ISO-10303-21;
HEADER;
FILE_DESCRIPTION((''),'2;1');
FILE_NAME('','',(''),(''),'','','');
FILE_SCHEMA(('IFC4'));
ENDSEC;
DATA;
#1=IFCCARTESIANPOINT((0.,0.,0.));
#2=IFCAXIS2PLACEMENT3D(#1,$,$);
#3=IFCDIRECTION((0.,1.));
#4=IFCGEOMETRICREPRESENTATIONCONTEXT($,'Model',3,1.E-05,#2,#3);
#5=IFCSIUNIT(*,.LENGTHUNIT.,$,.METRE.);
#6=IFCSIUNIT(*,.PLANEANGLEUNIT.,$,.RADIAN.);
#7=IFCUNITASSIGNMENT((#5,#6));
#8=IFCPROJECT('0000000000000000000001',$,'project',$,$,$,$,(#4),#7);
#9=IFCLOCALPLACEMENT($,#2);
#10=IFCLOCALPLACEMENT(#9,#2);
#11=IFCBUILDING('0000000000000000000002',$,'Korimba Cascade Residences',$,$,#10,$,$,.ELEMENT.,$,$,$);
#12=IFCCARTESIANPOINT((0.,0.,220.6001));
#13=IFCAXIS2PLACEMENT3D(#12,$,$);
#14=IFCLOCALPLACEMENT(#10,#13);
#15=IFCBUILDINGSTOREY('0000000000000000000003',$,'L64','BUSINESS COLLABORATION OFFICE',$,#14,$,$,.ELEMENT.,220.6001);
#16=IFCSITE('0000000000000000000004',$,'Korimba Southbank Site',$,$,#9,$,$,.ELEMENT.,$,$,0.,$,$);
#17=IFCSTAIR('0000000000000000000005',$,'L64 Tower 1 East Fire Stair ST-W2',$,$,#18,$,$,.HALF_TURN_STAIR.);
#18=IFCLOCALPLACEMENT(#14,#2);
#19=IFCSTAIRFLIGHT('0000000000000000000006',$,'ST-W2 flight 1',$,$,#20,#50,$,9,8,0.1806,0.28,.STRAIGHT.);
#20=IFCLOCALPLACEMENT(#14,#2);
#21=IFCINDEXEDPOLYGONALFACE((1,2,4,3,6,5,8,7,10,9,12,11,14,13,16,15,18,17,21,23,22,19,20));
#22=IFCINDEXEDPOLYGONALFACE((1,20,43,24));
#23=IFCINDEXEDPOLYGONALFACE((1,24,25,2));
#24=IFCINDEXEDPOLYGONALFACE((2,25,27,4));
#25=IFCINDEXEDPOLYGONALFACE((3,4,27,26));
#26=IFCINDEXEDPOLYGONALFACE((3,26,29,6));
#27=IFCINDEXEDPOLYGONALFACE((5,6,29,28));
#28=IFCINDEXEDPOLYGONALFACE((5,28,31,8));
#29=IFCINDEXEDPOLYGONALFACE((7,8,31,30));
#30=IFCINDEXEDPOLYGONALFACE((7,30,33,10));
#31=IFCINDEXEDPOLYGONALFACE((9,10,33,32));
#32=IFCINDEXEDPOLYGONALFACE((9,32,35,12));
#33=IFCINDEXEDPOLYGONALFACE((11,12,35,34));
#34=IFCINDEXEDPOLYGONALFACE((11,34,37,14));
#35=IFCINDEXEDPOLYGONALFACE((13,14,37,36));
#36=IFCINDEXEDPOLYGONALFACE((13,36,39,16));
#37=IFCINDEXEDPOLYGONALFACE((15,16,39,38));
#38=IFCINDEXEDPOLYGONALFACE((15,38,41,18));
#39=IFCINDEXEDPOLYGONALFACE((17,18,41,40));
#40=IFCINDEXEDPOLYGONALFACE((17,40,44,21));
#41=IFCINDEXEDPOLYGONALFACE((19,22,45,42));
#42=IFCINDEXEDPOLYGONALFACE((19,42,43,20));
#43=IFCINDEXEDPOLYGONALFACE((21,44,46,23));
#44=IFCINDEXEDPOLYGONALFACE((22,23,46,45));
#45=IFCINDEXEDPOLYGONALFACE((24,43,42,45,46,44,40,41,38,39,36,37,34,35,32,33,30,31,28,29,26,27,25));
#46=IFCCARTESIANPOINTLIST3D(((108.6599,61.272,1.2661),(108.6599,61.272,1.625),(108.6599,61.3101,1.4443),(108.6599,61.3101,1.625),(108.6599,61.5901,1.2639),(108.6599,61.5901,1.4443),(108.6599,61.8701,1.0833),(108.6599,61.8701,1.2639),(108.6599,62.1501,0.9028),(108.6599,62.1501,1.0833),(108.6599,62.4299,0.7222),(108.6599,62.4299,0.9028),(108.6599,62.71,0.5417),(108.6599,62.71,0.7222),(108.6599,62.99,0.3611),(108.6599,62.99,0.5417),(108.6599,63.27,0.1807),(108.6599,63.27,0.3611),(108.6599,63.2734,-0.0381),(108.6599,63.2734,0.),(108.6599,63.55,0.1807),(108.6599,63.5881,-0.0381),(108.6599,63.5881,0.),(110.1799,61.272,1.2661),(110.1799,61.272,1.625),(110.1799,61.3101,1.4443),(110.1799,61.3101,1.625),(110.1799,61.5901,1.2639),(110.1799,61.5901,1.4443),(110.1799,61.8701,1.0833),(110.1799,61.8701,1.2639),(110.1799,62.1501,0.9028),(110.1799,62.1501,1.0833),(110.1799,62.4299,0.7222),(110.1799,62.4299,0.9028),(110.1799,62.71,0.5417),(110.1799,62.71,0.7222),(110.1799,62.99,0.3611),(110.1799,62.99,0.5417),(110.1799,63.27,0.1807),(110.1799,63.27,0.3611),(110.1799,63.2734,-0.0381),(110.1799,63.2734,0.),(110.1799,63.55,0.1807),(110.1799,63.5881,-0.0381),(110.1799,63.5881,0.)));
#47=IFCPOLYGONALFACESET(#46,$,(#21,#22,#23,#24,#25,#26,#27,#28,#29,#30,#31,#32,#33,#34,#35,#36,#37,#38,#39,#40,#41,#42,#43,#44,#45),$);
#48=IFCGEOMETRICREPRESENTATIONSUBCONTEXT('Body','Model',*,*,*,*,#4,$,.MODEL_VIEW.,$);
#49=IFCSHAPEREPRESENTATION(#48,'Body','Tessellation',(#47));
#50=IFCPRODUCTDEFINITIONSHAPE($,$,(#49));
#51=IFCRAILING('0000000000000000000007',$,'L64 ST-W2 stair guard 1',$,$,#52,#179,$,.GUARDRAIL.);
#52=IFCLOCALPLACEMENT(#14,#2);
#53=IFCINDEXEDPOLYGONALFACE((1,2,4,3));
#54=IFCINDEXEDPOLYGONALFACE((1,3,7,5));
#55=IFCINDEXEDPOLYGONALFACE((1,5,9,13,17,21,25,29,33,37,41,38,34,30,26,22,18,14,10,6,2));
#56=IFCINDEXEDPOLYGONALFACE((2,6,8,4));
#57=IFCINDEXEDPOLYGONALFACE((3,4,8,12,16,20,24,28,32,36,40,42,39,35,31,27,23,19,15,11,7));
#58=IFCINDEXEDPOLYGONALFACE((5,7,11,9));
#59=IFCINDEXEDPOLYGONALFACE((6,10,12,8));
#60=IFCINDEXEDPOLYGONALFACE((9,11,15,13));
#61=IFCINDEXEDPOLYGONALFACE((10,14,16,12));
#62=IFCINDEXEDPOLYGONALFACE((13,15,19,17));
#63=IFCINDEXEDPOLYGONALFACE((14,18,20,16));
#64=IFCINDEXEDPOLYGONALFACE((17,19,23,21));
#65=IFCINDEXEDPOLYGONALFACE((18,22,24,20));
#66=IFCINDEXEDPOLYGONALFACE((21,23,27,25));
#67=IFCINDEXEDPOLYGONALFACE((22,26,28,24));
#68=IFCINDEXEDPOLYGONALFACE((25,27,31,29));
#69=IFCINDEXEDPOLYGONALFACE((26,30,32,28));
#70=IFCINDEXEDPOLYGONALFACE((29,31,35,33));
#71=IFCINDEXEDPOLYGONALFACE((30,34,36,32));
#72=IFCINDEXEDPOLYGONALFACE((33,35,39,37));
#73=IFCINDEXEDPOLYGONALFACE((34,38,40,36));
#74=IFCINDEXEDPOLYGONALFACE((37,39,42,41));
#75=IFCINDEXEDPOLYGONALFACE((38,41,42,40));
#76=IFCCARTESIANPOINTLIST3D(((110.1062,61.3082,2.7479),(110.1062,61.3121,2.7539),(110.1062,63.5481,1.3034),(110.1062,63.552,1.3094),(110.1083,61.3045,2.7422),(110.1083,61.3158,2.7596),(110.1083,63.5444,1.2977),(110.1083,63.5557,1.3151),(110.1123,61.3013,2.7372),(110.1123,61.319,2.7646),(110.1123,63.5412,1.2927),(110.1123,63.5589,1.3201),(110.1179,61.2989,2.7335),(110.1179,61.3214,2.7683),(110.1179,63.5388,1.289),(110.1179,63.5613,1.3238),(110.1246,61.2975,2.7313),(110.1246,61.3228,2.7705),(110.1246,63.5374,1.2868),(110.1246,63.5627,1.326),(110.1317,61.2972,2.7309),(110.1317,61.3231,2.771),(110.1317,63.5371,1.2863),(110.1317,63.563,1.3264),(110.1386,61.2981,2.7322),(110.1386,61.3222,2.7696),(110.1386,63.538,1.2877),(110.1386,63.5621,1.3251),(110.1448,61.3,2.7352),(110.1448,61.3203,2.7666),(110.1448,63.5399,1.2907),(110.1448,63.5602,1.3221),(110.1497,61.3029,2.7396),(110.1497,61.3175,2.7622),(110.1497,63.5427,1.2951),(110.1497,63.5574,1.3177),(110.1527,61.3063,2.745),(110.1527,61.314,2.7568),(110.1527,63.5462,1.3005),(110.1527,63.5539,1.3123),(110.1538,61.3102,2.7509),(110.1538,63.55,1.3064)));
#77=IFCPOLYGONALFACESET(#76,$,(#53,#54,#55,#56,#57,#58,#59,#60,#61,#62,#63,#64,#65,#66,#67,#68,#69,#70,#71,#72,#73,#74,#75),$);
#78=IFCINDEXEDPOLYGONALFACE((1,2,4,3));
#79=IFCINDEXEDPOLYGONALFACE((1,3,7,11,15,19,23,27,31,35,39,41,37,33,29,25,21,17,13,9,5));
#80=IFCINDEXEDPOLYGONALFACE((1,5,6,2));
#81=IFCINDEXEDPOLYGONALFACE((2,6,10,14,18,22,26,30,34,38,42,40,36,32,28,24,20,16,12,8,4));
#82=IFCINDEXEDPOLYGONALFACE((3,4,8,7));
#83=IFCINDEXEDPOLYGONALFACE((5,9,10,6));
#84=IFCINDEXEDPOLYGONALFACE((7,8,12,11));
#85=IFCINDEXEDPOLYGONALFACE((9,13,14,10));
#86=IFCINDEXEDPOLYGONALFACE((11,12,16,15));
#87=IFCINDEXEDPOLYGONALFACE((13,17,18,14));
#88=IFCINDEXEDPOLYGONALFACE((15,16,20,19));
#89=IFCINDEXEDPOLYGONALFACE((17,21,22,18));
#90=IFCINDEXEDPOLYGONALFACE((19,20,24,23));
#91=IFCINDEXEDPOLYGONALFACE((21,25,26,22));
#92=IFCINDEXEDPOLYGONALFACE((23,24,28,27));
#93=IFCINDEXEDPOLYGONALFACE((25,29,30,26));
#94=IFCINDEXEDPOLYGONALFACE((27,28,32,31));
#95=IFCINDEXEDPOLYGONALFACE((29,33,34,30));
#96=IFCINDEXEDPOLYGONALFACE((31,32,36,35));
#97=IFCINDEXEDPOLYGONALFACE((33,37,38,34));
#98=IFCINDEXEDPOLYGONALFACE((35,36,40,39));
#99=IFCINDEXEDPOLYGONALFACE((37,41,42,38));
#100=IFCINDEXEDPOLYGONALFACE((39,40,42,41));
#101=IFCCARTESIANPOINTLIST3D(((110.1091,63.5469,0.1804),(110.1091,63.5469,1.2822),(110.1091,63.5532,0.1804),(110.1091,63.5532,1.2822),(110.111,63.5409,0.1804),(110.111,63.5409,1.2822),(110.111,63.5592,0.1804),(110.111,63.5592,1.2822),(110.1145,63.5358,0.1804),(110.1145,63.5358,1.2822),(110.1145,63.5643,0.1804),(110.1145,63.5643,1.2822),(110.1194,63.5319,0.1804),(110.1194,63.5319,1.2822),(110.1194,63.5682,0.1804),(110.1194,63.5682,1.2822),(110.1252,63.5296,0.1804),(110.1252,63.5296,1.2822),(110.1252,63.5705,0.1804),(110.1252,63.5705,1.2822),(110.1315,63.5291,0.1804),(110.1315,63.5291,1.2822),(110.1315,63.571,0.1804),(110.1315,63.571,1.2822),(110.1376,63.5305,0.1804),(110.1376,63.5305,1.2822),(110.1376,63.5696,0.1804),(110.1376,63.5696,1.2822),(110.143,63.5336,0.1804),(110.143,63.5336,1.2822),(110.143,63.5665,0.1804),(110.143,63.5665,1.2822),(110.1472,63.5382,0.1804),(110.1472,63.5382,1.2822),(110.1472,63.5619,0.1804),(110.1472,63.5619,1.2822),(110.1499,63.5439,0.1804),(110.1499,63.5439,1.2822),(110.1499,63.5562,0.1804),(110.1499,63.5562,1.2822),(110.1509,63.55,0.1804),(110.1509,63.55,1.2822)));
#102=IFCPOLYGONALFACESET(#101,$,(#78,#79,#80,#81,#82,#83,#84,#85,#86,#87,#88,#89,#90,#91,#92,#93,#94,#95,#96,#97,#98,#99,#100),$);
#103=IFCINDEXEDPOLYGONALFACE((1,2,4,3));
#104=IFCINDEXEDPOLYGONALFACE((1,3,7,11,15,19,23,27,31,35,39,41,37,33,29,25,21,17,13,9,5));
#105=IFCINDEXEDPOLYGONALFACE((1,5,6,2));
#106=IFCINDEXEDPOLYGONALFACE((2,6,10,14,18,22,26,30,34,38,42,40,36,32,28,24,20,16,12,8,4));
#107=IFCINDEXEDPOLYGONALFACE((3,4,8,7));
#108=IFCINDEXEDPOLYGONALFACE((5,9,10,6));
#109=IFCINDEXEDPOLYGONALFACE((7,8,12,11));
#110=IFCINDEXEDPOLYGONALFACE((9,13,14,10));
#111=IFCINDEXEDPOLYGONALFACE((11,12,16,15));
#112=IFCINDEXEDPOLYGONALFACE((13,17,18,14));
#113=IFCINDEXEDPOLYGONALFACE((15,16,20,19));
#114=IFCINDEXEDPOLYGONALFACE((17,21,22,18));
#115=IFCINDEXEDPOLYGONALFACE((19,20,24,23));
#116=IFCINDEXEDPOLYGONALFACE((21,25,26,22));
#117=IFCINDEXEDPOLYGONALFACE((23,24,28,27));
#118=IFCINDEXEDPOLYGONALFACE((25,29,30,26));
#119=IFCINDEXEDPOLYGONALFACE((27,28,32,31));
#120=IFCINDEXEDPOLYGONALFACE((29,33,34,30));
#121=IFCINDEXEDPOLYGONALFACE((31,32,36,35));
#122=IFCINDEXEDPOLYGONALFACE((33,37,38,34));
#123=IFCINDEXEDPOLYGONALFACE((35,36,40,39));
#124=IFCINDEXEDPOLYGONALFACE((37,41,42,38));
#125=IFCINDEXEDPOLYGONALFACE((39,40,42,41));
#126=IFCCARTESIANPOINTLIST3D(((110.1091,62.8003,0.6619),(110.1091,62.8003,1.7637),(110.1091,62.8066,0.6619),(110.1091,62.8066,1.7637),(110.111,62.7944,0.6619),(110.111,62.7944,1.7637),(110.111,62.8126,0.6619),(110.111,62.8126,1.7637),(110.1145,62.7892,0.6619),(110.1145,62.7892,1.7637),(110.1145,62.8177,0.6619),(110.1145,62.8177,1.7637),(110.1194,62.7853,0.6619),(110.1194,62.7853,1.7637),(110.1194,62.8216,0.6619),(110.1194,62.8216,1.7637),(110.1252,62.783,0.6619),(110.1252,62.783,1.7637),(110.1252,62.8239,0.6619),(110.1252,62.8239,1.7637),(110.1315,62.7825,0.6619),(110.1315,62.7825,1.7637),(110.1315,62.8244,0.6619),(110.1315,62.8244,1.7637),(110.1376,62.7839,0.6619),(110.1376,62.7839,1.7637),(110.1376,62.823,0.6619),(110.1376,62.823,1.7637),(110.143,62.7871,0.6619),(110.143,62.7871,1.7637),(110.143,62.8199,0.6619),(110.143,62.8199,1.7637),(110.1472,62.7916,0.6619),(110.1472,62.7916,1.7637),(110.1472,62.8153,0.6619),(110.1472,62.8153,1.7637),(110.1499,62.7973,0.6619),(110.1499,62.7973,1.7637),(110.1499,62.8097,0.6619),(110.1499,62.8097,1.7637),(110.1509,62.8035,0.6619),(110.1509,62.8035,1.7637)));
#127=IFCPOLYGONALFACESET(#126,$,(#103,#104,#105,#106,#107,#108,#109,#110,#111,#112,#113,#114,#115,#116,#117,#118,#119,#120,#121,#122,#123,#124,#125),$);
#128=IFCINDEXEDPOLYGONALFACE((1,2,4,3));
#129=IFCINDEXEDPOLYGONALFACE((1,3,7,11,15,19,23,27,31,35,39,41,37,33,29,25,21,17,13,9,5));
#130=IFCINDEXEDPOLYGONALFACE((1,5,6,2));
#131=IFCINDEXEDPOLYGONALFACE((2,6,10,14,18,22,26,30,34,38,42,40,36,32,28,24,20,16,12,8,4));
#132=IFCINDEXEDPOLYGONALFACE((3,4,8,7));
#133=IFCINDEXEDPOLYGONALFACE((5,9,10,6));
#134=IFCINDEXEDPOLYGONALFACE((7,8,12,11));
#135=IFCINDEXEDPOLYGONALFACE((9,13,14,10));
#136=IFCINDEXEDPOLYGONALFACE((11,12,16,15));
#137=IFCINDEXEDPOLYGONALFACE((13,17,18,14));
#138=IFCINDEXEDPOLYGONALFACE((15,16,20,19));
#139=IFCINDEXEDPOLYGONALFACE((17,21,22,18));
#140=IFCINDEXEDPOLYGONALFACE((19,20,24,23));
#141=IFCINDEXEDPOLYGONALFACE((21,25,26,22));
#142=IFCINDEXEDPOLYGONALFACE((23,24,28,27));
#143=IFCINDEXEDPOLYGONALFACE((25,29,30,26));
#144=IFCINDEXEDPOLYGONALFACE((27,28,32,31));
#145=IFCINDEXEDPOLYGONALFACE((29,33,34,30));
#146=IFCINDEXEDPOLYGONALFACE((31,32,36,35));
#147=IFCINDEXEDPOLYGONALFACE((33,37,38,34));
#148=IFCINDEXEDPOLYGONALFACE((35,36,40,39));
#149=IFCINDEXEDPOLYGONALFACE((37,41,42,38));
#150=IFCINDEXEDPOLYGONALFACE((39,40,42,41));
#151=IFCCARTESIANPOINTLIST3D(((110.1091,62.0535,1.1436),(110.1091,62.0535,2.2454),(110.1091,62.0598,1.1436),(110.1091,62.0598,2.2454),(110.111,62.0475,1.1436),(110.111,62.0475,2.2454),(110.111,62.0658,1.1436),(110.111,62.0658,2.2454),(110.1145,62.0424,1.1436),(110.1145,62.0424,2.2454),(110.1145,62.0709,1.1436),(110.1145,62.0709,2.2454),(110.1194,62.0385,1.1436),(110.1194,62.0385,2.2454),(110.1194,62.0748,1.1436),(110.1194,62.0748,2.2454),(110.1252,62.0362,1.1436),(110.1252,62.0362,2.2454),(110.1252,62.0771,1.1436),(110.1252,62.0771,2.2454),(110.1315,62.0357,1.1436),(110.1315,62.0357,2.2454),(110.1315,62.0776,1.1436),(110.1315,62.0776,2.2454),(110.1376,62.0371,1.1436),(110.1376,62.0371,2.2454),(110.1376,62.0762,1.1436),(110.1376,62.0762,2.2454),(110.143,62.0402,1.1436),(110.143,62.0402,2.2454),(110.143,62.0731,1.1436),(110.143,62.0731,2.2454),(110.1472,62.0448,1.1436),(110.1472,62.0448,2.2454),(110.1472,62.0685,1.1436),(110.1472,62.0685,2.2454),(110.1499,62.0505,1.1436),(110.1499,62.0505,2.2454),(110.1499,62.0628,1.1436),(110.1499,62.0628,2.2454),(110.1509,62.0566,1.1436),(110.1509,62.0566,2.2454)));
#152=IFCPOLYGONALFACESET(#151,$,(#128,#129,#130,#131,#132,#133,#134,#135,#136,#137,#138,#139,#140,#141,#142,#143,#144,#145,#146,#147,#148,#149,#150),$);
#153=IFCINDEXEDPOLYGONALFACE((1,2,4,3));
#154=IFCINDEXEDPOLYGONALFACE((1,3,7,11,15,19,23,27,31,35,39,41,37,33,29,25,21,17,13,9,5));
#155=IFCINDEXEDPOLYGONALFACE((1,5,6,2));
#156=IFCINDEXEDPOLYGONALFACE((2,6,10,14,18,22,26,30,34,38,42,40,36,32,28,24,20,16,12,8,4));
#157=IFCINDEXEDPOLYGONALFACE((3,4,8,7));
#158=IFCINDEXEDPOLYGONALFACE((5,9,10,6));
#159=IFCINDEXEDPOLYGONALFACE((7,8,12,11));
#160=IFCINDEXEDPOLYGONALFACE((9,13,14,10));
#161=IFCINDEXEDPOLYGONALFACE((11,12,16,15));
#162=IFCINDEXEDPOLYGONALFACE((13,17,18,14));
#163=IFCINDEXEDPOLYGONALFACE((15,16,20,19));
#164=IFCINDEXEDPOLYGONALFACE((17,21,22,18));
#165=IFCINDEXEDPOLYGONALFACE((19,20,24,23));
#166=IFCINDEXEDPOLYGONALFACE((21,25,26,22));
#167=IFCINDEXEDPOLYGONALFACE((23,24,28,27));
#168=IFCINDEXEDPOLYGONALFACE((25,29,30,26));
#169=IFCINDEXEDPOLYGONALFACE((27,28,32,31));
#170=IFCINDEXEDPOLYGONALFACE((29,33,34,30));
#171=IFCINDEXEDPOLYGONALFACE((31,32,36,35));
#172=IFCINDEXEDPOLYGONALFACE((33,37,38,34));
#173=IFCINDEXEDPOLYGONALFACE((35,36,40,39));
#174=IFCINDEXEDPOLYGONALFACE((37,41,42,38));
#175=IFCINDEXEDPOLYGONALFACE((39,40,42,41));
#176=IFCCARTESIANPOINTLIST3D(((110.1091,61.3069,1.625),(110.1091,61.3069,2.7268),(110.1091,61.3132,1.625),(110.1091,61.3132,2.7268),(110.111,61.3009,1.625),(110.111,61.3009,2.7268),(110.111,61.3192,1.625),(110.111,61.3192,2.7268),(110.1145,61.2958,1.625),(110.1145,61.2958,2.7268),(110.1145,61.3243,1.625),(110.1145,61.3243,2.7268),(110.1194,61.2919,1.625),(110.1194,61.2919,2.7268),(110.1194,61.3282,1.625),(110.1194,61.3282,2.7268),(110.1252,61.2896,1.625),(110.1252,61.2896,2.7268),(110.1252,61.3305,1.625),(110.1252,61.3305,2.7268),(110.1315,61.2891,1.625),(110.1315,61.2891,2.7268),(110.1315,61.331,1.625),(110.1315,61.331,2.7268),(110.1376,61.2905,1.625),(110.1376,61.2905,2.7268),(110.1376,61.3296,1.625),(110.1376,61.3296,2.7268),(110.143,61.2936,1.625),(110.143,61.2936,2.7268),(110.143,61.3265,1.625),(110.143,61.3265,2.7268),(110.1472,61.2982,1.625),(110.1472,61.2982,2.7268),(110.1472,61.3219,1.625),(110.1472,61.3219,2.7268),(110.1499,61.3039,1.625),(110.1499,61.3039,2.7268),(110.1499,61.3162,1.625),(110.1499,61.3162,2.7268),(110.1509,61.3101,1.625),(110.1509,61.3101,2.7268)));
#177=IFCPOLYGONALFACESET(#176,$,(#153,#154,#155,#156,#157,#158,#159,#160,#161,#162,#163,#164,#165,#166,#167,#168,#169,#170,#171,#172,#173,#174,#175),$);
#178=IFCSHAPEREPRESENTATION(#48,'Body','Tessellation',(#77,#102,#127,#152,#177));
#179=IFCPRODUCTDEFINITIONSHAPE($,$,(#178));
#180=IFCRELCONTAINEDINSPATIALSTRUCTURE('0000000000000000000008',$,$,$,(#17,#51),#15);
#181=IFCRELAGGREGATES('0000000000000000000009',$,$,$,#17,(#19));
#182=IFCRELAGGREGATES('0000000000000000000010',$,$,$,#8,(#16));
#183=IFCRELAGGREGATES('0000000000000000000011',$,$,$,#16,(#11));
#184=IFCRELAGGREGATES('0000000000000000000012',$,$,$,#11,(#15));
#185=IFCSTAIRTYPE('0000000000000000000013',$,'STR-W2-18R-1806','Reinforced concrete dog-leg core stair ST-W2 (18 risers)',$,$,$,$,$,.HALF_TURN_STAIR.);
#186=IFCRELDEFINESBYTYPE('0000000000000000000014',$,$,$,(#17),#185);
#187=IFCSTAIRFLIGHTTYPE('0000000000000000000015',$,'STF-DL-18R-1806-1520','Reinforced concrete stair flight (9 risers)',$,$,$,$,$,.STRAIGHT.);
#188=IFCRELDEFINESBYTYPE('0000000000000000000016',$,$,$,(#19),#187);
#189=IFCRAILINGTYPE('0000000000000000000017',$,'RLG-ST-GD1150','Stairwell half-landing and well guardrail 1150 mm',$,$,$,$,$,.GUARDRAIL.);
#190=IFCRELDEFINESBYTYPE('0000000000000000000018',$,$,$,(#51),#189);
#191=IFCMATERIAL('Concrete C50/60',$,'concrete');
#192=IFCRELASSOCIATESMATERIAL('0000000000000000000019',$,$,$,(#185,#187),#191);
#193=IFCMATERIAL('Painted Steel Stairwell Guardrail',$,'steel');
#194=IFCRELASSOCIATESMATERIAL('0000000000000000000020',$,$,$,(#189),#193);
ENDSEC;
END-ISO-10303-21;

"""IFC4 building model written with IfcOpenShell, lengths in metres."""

from ifc_helpers import new_model, si_unit, direction, frame, origin, origin_2d, place, context, subcontext, project, spatial, polyline, circle, outline, extrude, material, type_object, element, aggregate, save


model = new_model("IFC4")

# Units and contexts
model_context = context("Model", 3, precision=1e-05, world=origin(), true_north=direction((0.0, 1.0)))
body_context = subcontext(model_context, "Body", "Model", "MODEL_VIEW")
ifc_project = project(units=[si_unit("LENGTHUNIT", "METRE"), si_unit("PLANEANGLEUNIT", "RADIAN")], contexts=[model_context])

# Site, building, storey
site_placement = place(None, origin())
site = spatial("IfcSite", under=ifc_project, at=site_placement, Name="Korimba Southbank Site", CompositionType="ELEMENT", RefElevation=0.0)
building_placement = place(site_placement, origin())
building = spatial("IfcBuilding", under=site, at=building_placement, Name="Korimba Cascade Residences", CompositionType="ELEMENT")
storey_placement = place(building_placement, frame((0.0, 0.0, 220.6001)))
storey = spatial("IfcBuildingStorey", under=building, at=storey_placement, Name="L64", Description="BUSINESS COLLABORATION OFFICE", CompositionType="ELEMENT", Elevation=220.6001)

# Shared definitions
ifc_material_1 = material(Name="Concrete C50/60", Category="concrete")

# Stair, stair flight
stair_type = type_object("IfcStairType", Name="STR-W2-18R-1806", Description="Reinforced concrete dog-leg core stair ST-W2 (18 risers)", PredefinedType="HALF_TURN_STAIR", material=ifc_material_1)
stair_placement = place(storey_placement, origin())
stair = element("IfcStair", 1, at=stair_placement, inside=storey, type_object=stair_type, Name="L64 Tower 1 East Fire Stair ST-W2", PredefinedType="HALF_TURN_STAIR")
stair_flight_type = type_object("IfcStairFlightType", Name="STF-DL-18R-1806-1520", Description="Reinforced concrete stair flight (9 risers)", PredefinedType="STRAIGHT", material=ifc_material_1)
stair_flight_placement = place(storey_placement, frame((109.4199, 63.55, 0.0), z_axis=(0.0, 0.0, 1.0), x_axis=(0.0, -1.0, 0.0)))
stair_flight = element("IfcStairFlight", 2, at=stair_flight_placement, type_object=stair_flight_type, Name="ST-W2 flight 1", NumberOfRisers=9, NumberOfTreads=8, PredefinedType="STRAIGHT", RiserHeight=0.1806, TreadLength=0.28, context=body_context, shape_type="SweptSolid", body=[
    extrude(outline(polyline([(-0.0381, 0.0), (0.0, 0.1807), (0.28, 0.1807), (0.28, 0.3611), (0.5601, 0.3611), (0.5601, 0.5417), (0.8401, 0.5417), (0.8401, 0.7222), (1.1201, 0.7222), (1.1201, 0.9028), (1.3999, 0.9028), (1.3999, 1.0833), (1.6799, 1.0833), (1.6799, 1.2639), (1.96, 1.2639), (1.96, 1.4443), (2.24, 1.4443), (2.24, 1.625), (2.2781, 1.625), (2.2781, 1.2661), (0.2766, 0.0), (0.2766, -0.0381), (-0.0381, -0.0381), (-0.0381, 0.0)])), frame((0.0, 0.76, 0.0), z_axis=(0.0, -1.0, 0.0), x_axis=(1.0, 0.0, 0.0)), (0.0, 0.0, 1.0), 1.52),
])
aggregate(stair, [stair_flight])

# Railing
ifc_material_2 = material(Name="Painted Steel Stairwell Guardrail", Category="steel")
railing_type_1 = type_object("IfcRailingType", Name="RLG-ST-GD1150", Description="Stairwell half-landing and well guardrail 1150 mm", PredefinedType="GUARDRAIL", material=ifc_material_2)
railing_1_placement = place(storey_placement, frame((110.1299, 63.55, 0.1804)))
element("IfcRailing", 3, at=railing_1_placement, inside=storey, type_object=railing_type_1, Name="L64 ST-W2 stair guard 1", PredefinedType="GUARDRAIL", context=body_context, shape_type="SweptSolid", body=[
    extrude(circle(Radius=0.0239, at=origin_2d()), frame((0.0, 0.0, 1.126), z_axis=(0.0, -0.840395, 0.541975), x_axis=(1.0, 0.0, 0.0)), (0.0, 0.0, 1.0), 2.6653),
    extrude(circle(Radius=0.021, at=origin_2d()), origin(), (0.0, 0.0, 1.0), 1.1018),
    extrude(circle(Radius=0.021, at=origin_2d()), frame((0.0, -0.7466, 0.4814)), (0.0, 0.0, 1.0), 1.1018),
    extrude(circle(Radius=0.021, at=origin_2d()), frame((0.0, -1.4934, 0.9631)), (0.0, 0.0, 1.0), 1.1018),
    extrude(circle(Radius=0.021, at=origin_2d()), frame((0.0, -2.24, 1.4446)), (0.0, 0.0, 1.0), 1.1018),
])

save(model, "model.ifc")
